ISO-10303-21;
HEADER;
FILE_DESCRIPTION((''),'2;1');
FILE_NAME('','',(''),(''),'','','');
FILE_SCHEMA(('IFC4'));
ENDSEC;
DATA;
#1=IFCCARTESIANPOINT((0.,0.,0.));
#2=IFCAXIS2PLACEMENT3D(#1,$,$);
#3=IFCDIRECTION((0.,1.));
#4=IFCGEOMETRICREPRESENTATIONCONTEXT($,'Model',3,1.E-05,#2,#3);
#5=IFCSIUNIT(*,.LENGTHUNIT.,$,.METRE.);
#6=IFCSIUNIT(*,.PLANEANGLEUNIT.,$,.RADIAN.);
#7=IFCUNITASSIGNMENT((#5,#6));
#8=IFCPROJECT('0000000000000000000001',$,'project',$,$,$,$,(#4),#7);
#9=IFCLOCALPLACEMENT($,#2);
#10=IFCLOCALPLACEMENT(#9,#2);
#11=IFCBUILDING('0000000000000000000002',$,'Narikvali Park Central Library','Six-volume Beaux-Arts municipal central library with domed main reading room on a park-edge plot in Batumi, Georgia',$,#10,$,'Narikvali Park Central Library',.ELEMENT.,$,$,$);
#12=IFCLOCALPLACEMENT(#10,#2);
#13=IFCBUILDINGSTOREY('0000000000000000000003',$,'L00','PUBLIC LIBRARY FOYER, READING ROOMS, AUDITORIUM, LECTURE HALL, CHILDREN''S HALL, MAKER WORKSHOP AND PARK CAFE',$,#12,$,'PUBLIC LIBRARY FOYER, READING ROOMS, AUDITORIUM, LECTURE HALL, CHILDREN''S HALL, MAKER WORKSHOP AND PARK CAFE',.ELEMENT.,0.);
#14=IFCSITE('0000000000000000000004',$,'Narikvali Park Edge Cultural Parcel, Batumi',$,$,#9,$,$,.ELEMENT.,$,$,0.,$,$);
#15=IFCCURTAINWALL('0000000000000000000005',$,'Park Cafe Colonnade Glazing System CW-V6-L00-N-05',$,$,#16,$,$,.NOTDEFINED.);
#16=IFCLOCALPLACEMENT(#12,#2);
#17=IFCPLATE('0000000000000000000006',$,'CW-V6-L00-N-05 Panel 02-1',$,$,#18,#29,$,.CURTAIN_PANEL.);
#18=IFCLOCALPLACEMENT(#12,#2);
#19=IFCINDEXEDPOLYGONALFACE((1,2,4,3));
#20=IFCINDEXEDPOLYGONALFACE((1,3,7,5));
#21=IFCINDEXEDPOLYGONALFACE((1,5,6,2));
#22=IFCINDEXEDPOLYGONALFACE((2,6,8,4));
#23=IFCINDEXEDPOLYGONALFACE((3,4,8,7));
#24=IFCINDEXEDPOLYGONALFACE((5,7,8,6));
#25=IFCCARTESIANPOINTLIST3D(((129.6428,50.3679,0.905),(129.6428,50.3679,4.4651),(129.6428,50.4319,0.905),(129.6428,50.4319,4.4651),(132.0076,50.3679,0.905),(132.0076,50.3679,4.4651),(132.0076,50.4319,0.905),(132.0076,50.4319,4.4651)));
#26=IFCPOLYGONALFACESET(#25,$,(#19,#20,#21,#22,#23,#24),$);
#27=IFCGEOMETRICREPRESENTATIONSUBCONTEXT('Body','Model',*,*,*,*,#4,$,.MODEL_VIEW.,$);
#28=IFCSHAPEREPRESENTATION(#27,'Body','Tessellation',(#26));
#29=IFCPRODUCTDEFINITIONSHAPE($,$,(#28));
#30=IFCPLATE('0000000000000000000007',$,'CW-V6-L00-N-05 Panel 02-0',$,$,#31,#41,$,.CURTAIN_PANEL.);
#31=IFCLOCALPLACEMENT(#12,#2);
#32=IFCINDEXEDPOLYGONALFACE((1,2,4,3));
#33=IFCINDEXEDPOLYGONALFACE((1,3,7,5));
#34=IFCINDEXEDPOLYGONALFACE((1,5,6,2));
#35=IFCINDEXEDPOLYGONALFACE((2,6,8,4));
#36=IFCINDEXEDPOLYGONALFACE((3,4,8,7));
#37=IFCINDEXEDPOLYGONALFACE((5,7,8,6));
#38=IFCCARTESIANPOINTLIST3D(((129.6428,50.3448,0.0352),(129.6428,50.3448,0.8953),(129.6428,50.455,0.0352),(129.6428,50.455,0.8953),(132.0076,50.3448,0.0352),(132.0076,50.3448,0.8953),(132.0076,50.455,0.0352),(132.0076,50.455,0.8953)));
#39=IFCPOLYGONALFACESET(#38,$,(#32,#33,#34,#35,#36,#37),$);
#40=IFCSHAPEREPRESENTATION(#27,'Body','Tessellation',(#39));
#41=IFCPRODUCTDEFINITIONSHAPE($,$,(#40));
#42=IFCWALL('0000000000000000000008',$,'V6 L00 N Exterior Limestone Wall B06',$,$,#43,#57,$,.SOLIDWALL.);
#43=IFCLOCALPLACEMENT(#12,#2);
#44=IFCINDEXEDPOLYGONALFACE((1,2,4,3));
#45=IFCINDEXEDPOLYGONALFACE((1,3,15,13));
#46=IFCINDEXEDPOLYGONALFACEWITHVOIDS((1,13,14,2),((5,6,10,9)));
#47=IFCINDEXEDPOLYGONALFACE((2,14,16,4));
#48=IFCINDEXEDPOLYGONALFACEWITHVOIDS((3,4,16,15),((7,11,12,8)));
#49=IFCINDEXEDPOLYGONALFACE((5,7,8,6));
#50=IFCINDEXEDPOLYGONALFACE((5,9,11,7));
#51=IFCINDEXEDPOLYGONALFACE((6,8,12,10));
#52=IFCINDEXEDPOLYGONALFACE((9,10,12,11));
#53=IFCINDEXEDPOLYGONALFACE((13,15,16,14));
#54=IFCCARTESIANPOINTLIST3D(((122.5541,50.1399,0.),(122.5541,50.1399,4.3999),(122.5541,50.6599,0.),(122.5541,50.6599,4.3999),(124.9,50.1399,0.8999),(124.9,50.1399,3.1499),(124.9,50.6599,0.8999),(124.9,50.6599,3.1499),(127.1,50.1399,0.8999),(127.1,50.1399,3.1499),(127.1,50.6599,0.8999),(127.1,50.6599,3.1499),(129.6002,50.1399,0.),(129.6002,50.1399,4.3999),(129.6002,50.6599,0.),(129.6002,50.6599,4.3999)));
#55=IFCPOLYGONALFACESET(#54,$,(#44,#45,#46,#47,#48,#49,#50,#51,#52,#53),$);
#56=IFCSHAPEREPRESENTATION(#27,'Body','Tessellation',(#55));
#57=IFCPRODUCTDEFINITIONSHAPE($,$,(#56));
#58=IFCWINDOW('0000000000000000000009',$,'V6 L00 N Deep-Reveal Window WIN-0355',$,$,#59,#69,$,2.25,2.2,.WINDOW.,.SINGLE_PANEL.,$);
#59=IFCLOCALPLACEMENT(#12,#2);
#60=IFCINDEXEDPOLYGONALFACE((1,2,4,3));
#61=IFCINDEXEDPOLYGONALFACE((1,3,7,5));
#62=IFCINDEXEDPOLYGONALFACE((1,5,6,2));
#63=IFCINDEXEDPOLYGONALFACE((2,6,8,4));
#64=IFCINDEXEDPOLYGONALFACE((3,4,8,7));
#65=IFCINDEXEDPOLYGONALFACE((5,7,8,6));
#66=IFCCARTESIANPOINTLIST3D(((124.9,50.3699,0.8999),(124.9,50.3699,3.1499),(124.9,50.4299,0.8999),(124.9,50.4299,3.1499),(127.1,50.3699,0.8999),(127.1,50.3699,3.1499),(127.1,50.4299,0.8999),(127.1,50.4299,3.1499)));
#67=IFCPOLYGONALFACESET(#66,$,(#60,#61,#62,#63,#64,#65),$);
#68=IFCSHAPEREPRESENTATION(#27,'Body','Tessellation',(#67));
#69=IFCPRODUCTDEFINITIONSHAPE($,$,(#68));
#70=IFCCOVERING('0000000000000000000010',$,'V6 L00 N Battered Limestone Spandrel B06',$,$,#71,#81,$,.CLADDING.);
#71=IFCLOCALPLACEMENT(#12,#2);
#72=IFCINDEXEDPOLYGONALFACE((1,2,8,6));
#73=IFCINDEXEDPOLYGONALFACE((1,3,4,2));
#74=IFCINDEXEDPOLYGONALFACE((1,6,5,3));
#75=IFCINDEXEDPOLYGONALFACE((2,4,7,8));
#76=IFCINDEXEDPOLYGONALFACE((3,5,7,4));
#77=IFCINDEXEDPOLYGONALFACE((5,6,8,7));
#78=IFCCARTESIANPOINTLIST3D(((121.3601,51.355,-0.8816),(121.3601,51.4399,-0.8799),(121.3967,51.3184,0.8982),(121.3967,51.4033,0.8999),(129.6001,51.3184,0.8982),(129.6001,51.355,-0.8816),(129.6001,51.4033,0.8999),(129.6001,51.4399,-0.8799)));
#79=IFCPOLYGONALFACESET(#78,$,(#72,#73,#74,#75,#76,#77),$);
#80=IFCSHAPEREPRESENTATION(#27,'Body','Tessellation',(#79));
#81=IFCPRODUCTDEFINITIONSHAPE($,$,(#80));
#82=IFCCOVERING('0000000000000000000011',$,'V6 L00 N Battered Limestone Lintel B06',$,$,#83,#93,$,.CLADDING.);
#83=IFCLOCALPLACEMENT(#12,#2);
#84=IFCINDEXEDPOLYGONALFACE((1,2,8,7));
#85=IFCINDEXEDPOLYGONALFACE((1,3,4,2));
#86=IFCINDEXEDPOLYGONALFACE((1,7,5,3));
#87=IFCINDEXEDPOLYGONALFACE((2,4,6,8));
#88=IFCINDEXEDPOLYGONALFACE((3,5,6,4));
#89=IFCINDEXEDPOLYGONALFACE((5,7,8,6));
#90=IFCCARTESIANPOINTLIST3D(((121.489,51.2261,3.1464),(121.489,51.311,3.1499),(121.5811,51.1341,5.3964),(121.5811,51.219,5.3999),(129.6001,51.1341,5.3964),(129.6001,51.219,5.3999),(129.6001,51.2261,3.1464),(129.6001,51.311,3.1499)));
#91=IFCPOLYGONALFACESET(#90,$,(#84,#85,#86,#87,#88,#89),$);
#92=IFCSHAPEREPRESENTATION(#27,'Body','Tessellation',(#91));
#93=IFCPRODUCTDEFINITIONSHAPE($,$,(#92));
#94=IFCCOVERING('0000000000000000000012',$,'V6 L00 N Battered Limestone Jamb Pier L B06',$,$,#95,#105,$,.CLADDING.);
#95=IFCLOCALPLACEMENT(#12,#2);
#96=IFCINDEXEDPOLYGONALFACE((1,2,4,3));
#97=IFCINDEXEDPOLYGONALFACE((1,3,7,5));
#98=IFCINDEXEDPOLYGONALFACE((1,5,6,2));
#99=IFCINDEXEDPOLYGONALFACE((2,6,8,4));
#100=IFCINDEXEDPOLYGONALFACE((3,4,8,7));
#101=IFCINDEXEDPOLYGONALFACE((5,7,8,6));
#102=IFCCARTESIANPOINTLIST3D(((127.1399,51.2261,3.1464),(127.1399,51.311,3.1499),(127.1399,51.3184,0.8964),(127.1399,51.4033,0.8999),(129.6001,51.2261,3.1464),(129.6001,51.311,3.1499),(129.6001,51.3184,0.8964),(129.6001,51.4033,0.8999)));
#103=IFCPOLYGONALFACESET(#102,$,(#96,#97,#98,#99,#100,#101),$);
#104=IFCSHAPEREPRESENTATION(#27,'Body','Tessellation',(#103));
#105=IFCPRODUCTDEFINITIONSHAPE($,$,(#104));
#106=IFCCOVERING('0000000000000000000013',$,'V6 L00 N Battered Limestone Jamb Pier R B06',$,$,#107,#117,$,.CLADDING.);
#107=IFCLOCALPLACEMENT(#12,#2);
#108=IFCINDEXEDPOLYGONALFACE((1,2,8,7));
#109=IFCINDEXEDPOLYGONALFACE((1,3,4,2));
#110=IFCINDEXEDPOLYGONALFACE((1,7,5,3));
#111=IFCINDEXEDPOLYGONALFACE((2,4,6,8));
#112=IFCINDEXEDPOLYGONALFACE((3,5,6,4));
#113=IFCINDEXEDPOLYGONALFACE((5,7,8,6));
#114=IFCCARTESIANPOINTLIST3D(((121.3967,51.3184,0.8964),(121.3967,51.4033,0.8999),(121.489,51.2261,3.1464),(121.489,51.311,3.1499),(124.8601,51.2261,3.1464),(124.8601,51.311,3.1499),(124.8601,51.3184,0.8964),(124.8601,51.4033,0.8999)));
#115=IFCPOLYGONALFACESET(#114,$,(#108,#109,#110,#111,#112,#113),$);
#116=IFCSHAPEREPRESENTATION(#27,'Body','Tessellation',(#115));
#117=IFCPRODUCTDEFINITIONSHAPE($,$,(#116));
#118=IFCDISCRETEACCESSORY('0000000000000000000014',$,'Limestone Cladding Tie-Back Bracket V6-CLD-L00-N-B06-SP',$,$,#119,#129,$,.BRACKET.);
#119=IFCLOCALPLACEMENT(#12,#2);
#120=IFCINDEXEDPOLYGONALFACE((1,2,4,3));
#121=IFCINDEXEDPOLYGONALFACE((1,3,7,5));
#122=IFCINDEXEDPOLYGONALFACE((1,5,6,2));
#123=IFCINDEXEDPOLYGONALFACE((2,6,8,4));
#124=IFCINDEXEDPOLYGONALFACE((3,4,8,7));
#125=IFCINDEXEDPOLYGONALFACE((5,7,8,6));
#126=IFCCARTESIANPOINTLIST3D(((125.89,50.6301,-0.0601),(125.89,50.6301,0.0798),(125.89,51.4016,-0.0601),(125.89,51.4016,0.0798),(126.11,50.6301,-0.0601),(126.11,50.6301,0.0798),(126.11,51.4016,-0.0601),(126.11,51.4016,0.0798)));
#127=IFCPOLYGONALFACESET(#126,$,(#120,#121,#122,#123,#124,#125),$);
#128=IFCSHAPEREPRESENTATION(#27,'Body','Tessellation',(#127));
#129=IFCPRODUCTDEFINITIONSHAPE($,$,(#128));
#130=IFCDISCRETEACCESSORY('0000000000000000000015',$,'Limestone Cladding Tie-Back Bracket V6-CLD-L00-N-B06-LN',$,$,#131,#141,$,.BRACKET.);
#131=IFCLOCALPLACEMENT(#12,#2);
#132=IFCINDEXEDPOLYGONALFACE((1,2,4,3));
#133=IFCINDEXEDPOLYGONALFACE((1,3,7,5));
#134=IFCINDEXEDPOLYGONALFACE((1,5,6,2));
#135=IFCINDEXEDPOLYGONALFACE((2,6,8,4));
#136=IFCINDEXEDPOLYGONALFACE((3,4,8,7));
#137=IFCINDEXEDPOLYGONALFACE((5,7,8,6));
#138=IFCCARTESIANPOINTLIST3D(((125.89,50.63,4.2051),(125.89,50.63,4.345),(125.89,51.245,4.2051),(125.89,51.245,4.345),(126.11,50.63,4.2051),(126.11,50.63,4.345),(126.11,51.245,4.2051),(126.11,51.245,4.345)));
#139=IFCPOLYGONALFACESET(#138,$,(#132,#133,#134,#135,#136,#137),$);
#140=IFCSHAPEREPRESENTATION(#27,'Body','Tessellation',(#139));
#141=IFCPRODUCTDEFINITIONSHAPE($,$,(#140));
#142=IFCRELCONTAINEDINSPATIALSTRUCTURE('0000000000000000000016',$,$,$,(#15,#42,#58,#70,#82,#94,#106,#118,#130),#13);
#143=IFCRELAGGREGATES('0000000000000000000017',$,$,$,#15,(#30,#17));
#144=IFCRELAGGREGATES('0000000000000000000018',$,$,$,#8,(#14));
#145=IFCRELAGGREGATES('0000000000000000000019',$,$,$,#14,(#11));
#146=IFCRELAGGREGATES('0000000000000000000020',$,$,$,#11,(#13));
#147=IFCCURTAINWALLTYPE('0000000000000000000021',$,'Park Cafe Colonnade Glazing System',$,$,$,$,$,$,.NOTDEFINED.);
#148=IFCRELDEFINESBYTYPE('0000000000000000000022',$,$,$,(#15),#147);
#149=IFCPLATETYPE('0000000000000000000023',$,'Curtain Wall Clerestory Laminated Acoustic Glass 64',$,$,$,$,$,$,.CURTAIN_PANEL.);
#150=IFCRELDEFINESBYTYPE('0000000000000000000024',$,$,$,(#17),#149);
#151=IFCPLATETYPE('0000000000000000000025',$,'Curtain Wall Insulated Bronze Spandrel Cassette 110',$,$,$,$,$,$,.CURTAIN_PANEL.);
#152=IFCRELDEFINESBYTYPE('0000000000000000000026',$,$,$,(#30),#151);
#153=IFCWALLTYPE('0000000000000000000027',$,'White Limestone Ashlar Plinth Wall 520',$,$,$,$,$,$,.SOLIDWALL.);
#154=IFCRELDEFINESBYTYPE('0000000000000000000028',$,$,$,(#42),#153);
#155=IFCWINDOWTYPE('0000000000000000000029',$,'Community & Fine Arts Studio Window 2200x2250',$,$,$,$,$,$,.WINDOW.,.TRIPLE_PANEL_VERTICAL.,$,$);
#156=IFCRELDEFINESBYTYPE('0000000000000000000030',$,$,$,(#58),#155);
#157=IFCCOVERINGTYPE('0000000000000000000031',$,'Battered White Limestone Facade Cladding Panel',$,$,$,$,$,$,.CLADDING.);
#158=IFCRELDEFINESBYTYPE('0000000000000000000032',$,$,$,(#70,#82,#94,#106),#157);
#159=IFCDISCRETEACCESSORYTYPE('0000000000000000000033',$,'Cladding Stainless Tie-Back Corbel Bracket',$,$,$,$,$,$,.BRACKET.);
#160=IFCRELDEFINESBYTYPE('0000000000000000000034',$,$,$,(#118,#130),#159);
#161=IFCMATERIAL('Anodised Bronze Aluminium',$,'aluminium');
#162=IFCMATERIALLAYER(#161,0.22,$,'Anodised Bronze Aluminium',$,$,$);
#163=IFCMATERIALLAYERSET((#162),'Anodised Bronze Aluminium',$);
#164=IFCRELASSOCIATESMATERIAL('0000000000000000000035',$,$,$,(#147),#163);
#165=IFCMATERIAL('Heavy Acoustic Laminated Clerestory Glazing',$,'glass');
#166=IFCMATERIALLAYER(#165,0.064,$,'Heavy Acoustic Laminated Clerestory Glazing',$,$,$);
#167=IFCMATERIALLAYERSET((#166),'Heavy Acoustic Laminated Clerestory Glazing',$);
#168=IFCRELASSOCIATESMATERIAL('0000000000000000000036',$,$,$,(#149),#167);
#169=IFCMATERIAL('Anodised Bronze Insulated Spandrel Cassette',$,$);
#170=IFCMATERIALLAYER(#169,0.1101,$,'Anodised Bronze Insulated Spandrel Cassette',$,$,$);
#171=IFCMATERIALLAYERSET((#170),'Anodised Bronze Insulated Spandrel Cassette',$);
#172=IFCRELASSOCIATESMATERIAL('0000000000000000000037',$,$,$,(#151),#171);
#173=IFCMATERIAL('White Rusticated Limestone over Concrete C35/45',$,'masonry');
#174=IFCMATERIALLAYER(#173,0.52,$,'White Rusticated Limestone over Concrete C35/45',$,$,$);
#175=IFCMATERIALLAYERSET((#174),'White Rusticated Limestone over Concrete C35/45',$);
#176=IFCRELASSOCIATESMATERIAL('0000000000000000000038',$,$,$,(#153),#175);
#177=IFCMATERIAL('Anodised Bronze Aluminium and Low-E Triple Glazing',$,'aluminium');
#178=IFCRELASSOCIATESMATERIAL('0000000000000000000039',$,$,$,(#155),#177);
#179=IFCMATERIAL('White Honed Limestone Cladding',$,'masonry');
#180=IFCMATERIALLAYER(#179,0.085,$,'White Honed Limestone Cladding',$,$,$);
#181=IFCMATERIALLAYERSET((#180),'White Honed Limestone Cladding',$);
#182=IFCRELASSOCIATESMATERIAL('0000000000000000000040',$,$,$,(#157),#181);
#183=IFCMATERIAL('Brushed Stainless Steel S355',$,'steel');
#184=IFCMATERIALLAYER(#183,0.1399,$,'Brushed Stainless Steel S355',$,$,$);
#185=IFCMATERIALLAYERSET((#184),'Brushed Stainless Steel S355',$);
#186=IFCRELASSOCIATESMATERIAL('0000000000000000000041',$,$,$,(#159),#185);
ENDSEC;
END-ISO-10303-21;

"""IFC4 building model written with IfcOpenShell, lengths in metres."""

from ifc_helpers import new_model, si_unit, direction, frame, frame_2d, origin, origin_2d, place, context, subcontext, project, spatial, polyline, rectangle, outline, extrude, material, layer, layer_set, type_object, element, fill, aggregate, save


model = new_model("IFC4")

# Units and contexts
model_context = context("Model", 3, precision=1e-05, world=origin(), true_north=direction((0.0, 1.0)))
body_context = subcontext(model_context, "Body", "Model", "MODEL_VIEW")
ifc_project = project(units=[si_unit("LENGTHUNIT", "METRE"), si_unit("PLANEANGLEUNIT", "RADIAN")], contexts=[model_context])

# Site, building, storey
site_placement = place(None, origin())
site = spatial("IfcSite", under=ifc_project, at=site_placement, Name="Narikvali Park Edge Cultural Parcel, Batumi", CompositionType="ELEMENT", RefElevation=0.0)
building_placement = place(site_placement, origin())
building = spatial("IfcBuilding", under=site, at=building_placement, Name="Narikvali Park Central Library", Description="Six-volume Beaux-Arts municipal central library with domed main reading room on a park-edge plot in Batumi, Georgia", LongName="Narikvali Park Central Library", CompositionType="ELEMENT")
storey_placement = place(building_placement, origin())
storey = spatial("IfcBuildingStorey", under=building, at=storey_placement, Name="L00", Description="PUBLIC LIBRARY FOYER, READING ROOMS, AUDITORIUM, LECTURE HALL, CHILDREN'S HALL, MAKER WORKSHOP AND PARK CAFE", LongName="PUBLIC LIBRARY FOYER, READING ROOMS, AUDITORIUM, LECTURE HALL, CHILDREN'S HALL, MAKER WORKSHOP AND PARK CAFE", CompositionType="ELEMENT", Elevation=0.0)

# Curtain wall
ifc_material_1 = material(Name="Anodised Bronze Aluminium", Category="aluminium")
ifc_layer_1 = layer(ifc_material_1, 0.22, Name="Anodised Bronze Aluminium")
ifc_layer_set_1 = layer_set([ifc_layer_1], Name="Anodised Bronze Aluminium")
curtain_wall_type = type_object("IfcCurtainWallType", Name="Park Cafe Colonnade Glazing System", PredefinedType="NOTDEFINED", material=ifc_layer_set_1)
curtain_wall_placement = place(storey_placement, origin())
curtain_wall = element("IfcCurtainWall", 1, at=curtain_wall_placement, inside=storey, type_object=curtain_wall_type, Name="Park Cafe Colonnade Glazing System CW-V6-L00-N-05", PredefinedType="NOTDEFINED")

# Plates
ifc_material_2 = material(Name="Heavy Acoustic Laminated Clerestory Glazing", Category="glass")
ifc_layer_2 = layer(ifc_material_2, 0.064, Name="Heavy Acoustic Laminated Clerestory Glazing")
ifc_layer_set_2 = layer_set([ifc_layer_2], Name="Heavy Acoustic Laminated Clerestory Glazing")
plate_type_1 = type_object("IfcPlateType", Name="Curtain Wall Clerestory Laminated Acoustic Glass 64", PredefinedType="CURTAIN_PANEL", material=ifc_layer_set_2)
plate_1_placement = place(storey_placement, frame((130.8252, 50.3999, 0.905), z_axis=(0.0, 0.0, 1.0), x_axis=(-1.0, 0.0, 0.0)))
plate_1 = element("IfcPlate", 2, at=plate_1_placement, type_object=plate_type_1, Name="CW-V6-L00-N-05 Panel 02-1", PredefinedType="CURTAIN_PANEL", context=body_context, shape_type="SweptSolid", body=[
    extrude(rectangle(XDim=2.3647, YDim=0.064, at=origin_2d()), origin(), (0.0, 0.0, 1.0), 3.5601),
])
ifc_material_3 = material(Name="Anodised Bronze Insulated Spandrel Cassette")
ifc_layer_3 = layer(ifc_material_3, 0.1101, Name="Anodised Bronze Insulated Spandrel Cassette")
ifc_layer_set_3 = layer_set([ifc_layer_3], Name="Anodised Bronze Insulated Spandrel Cassette")
plate_type_2 = type_object("IfcPlateType", Name="Curtain Wall Insulated Bronze Spandrel Cassette 110", PredefinedType="CURTAIN_PANEL", material=ifc_layer_set_3)
plate_2_placement = place(storey_placement, frame((130.8252, 50.3999, 0.0352), z_axis=(0.0, 0.0, 1.0), x_axis=(-1.0, 0.0, 0.0)))
plate_2 = element("IfcPlate", 3, at=plate_2_placement, type_object=plate_type_2, Name="CW-V6-L00-N-05 Panel 02-0", PredefinedType="CURTAIN_PANEL", context=body_context, shape_type="SweptSolid", body=[
    extrude(rectangle(XDim=2.3647, YDim=0.1101, at=origin_2d()), origin(), (0.0, 0.0, 1.0), 0.8601),
])
aggregate(curtain_wall, [plate_2, plate_1])

# Wall, opening, window
ifc_material_4 = material(Name="White Rusticated Limestone over Concrete C35/45", Category="masonry")
ifc_layer_4 = layer(ifc_material_4, 0.52, Name="White Rusticated Limestone over Concrete C35/45")
ifc_layer_set_4 = layer_set([ifc_layer_4], Name="White Rusticated Limestone over Concrete C35/45")
wall_type = type_object("IfcWallType", Name="White Limestone Ashlar Plinth Wall 520", PredefinedType="SOLIDWALL", material=ifc_layer_set_4)
wall_placement = place(storey_placement, frame((129.6001, 50.3999, 0.0), z_axis=(0.0, 0.0, 1.0), x_axis=(-1.0, 0.0, 0.0)))
wall = element("IfcWall", 4, at=wall_placement, inside=storey, type_object=wall_type, Name="V6 L00 N Exterior Limestone Wall B06", PredefinedType="SOLIDWALL", context=body_context, shape_type="SweptSolid", body=[
    extrude(rectangle(XDim=7.0461, YDim=0.52, at=frame_2d((3.5229, 0.0))), origin(), (0.0, 0.0, 1.0), 4.3999),
])
opening_placement = place(wall_placement, frame((2.5, 0.0, 0.8999)))
opening = element("IfcOpeningElement", 5, at=opening_placement, cuts=wall, PredefinedType="OPENING", context=body_context, shape_type="SweptSolid", body=[
    extrude(rectangle(XDim=2.2, YDim=2.25, at=frame_2d((1.1001, 1.125))), frame((0.0, 0.272, 0.0), z_axis=(0.0, -1.0, 0.0), x_axis=(1.0, 0.0, 0.0)), (0.0, 0.0, 1.0), 0.5439),
])
ifc_material_5 = material(Name="Anodised Bronze Aluminium and Low-E Triple Glazing", Category="aluminium")
window_type = type_object("IfcWindowType", Name="Community & Fine Arts Studio Window 2200x2250", PartitioningType="TRIPLE_PANEL_VERTICAL", PredefinedType="WINDOW", material=ifc_material_5)
window_placement = place(opening_placement, origin())
window = element("IfcWindow", 6, at=window_placement, inside=storey, type_object=window_type, Name="V6 L00 N Deep-Reveal Window WIN-0355", OverallHeight=2.25, OverallWidth=2.2, PartitioningType="SINGLE_PANEL", PredefinedType="WINDOW", context=body_context, shape_type="SweptSolid", body=[
    extrude(rectangle(XDim=2.2, YDim=2.25, at=frame_2d((1.1001, 1.125))), frame((0.0, 0.03, 0.0), z_axis=(0.0, -1.0, 0.0), x_axis=(1.0, 0.0, 0.0)), (0.0, 0.0, 1.0), 0.0601),
])
fill(opening, window)

# Coverings
ifc_material_6 = material(Name="White Honed Limestone Cladding", Category="masonry")
ifc_layer_5 = layer(ifc_material_6, 0.085, Name="White Honed Limestone Cladding")
ifc_layer_set_5 = layer_set([ifc_layer_5], Name="White Honed Limestone Cladding")
covering_type = type_object("IfcCoveringType", Name="Battered White Limestone Facade Cladding Panel", PredefinedType="CLADDING", material=ifc_layer_set_5)
covering_1_placement = place(storey_placement, frame((129.6001, 51.4399, -0.8799), z_axis=(0.0, 0.999788, 0.020572), x_axis=(-1.0, 0.0, 0.0)))
element("IfcCovering", 7, at=covering_1_placement, inside=storey, type_object=covering_type, Name="V6 L00 N Battered Limestone Spandrel B06", PredefinedType="CLADDING", context=body_context, shape_type="SweptSolid", body=[
    extrude(outline(polyline([(0.0, 0.0), (8.24, 0.0), (8.2034, 1.7802), (0.0, 1.7802), (0.0, 0.0)])), origin(), (0.0, 0.0, -1.0), 0.085),
])
covering_2_placement = place(storey_placement, frame((129.6001, 51.311, 3.1499), z_axis=(0.0, 0.999164, 0.040873), x_axis=(-1.0, 0.0, 0.0)))
element("IfcCovering", 8, at=covering_2_placement, inside=storey, type_object=covering_type, Name="V6 L00 N Battered Limestone Lintel B06", PredefinedType="CLADDING", context=body_context, shape_type="SweptSolid", body=[
    extrude(outline(polyline([(0.0, 0.0), (8.1111, 0.0), (8.019, 2.2519), (0.0, 2.2519), (0.0, 0.0)])), origin(), (0.0, 0.0, -1.0), 0.085),
])
covering_3_placement = place(storey_placement, frame((129.6001, 51.4033, 0.8999), z_axis=(0.0, 0.99916, 0.040981), x_axis=(-1.0, 0.0, 0.0)))
element("IfcCovering", 9, at=covering_3_placement, inside=storey, type_object=covering_type, Name="V6 L00 N Battered Limestone Jamb Pier L B06", PredefinedType="CLADDING", context=body_context, shape_type="SweptSolid", body=[
    extrude(outline(polyline([(0.0, 0.0), (2.4602, 0.0), (2.4602, 2.2519), (0.0, 2.2519), (0.0, 0.0)])), origin(), (0.0, 0.0, -1.0), 0.085),
])
covering_4_placement = place(storey_placement, frame((124.8601, 51.4033, 0.8999), z_axis=(0.0, 0.99916, 0.040981), x_axis=(-1.0, 0.0, 0.0)))
element("IfcCovering", 10, at=covering_4_placement, inside=storey, type_object=covering_type, Name="V6 L00 N Battered Limestone Jamb Pier R B06", PredefinedType="CLADDING", context=body_context, shape_type="SweptSolid", body=[
    extrude(outline(polyline([(0.0, 0.0), (3.4634, 0.0), (3.3711, 2.2519), (0.0, 2.2519), (0.0, 0.0)])), origin(), (0.0, 0.0, -1.0), 0.085),
])

# Discrete accessories
ifc_material_7 = material(Name="Brushed Stainless Steel S355", Category="steel")
ifc_layer_6 = layer(ifc_material_7, 0.1399, Name="Brushed Stainless Steel S355")
ifc_layer_set_6 = layer_set([ifc_layer_6], Name="Brushed Stainless Steel S355")
discrete_accessory_type = type_object("IfcDiscreteAccessoryType", Name="Cladding Stainless Tie-Back Corbel Bracket", PredefinedType="BRACKET", material=ifc_layer_set_6)
discrete_accessory_1_placement = place(storey_placement, frame((126.0, 51.0159, -0.0601), z_axis=(0.0, 0.0, 1.0), x_axis=(1.0, 0.0, 0.0)))
element("IfcDiscreteAccessory", 11, at=discrete_accessory_1_placement, inside=storey, type_object=discrete_accessory_type, Name="Limestone Cladding Tie-Back Bracket V6-CLD-L00-N-B06-SP", PredefinedType="BRACKET", context=body_context, shape_type="SweptSolid", body=[
    extrude(rectangle(XDim=0.22, YDim=0.7715, at=origin_2d()), origin(), (0.0, 0.0, 1.0), 0.1399),
])
discrete_accessory_2_placement = place(storey_placement, frame((126.0, 50.9375, 4.2051), z_axis=(0.0, 0.0, 1.0), x_axis=(1.0, 0.0, 0.0)))
element("IfcDiscreteAccessory", 12, at=discrete_accessory_2_placement, inside=storey, type_object=discrete_accessory_type, Name="Limestone Cladding Tie-Back Bracket V6-CLD-L00-N-B06-LN", PredefinedType="BRACKET", context=body_context, shape_type="SweptSolid", body=[
    extrude(rectangle(XDim=0.22, YDim=0.615, at=origin_2d()), origin(), (0.0, 0.0, 1.0), 0.1399),
])

save(model, "model.ifc")
